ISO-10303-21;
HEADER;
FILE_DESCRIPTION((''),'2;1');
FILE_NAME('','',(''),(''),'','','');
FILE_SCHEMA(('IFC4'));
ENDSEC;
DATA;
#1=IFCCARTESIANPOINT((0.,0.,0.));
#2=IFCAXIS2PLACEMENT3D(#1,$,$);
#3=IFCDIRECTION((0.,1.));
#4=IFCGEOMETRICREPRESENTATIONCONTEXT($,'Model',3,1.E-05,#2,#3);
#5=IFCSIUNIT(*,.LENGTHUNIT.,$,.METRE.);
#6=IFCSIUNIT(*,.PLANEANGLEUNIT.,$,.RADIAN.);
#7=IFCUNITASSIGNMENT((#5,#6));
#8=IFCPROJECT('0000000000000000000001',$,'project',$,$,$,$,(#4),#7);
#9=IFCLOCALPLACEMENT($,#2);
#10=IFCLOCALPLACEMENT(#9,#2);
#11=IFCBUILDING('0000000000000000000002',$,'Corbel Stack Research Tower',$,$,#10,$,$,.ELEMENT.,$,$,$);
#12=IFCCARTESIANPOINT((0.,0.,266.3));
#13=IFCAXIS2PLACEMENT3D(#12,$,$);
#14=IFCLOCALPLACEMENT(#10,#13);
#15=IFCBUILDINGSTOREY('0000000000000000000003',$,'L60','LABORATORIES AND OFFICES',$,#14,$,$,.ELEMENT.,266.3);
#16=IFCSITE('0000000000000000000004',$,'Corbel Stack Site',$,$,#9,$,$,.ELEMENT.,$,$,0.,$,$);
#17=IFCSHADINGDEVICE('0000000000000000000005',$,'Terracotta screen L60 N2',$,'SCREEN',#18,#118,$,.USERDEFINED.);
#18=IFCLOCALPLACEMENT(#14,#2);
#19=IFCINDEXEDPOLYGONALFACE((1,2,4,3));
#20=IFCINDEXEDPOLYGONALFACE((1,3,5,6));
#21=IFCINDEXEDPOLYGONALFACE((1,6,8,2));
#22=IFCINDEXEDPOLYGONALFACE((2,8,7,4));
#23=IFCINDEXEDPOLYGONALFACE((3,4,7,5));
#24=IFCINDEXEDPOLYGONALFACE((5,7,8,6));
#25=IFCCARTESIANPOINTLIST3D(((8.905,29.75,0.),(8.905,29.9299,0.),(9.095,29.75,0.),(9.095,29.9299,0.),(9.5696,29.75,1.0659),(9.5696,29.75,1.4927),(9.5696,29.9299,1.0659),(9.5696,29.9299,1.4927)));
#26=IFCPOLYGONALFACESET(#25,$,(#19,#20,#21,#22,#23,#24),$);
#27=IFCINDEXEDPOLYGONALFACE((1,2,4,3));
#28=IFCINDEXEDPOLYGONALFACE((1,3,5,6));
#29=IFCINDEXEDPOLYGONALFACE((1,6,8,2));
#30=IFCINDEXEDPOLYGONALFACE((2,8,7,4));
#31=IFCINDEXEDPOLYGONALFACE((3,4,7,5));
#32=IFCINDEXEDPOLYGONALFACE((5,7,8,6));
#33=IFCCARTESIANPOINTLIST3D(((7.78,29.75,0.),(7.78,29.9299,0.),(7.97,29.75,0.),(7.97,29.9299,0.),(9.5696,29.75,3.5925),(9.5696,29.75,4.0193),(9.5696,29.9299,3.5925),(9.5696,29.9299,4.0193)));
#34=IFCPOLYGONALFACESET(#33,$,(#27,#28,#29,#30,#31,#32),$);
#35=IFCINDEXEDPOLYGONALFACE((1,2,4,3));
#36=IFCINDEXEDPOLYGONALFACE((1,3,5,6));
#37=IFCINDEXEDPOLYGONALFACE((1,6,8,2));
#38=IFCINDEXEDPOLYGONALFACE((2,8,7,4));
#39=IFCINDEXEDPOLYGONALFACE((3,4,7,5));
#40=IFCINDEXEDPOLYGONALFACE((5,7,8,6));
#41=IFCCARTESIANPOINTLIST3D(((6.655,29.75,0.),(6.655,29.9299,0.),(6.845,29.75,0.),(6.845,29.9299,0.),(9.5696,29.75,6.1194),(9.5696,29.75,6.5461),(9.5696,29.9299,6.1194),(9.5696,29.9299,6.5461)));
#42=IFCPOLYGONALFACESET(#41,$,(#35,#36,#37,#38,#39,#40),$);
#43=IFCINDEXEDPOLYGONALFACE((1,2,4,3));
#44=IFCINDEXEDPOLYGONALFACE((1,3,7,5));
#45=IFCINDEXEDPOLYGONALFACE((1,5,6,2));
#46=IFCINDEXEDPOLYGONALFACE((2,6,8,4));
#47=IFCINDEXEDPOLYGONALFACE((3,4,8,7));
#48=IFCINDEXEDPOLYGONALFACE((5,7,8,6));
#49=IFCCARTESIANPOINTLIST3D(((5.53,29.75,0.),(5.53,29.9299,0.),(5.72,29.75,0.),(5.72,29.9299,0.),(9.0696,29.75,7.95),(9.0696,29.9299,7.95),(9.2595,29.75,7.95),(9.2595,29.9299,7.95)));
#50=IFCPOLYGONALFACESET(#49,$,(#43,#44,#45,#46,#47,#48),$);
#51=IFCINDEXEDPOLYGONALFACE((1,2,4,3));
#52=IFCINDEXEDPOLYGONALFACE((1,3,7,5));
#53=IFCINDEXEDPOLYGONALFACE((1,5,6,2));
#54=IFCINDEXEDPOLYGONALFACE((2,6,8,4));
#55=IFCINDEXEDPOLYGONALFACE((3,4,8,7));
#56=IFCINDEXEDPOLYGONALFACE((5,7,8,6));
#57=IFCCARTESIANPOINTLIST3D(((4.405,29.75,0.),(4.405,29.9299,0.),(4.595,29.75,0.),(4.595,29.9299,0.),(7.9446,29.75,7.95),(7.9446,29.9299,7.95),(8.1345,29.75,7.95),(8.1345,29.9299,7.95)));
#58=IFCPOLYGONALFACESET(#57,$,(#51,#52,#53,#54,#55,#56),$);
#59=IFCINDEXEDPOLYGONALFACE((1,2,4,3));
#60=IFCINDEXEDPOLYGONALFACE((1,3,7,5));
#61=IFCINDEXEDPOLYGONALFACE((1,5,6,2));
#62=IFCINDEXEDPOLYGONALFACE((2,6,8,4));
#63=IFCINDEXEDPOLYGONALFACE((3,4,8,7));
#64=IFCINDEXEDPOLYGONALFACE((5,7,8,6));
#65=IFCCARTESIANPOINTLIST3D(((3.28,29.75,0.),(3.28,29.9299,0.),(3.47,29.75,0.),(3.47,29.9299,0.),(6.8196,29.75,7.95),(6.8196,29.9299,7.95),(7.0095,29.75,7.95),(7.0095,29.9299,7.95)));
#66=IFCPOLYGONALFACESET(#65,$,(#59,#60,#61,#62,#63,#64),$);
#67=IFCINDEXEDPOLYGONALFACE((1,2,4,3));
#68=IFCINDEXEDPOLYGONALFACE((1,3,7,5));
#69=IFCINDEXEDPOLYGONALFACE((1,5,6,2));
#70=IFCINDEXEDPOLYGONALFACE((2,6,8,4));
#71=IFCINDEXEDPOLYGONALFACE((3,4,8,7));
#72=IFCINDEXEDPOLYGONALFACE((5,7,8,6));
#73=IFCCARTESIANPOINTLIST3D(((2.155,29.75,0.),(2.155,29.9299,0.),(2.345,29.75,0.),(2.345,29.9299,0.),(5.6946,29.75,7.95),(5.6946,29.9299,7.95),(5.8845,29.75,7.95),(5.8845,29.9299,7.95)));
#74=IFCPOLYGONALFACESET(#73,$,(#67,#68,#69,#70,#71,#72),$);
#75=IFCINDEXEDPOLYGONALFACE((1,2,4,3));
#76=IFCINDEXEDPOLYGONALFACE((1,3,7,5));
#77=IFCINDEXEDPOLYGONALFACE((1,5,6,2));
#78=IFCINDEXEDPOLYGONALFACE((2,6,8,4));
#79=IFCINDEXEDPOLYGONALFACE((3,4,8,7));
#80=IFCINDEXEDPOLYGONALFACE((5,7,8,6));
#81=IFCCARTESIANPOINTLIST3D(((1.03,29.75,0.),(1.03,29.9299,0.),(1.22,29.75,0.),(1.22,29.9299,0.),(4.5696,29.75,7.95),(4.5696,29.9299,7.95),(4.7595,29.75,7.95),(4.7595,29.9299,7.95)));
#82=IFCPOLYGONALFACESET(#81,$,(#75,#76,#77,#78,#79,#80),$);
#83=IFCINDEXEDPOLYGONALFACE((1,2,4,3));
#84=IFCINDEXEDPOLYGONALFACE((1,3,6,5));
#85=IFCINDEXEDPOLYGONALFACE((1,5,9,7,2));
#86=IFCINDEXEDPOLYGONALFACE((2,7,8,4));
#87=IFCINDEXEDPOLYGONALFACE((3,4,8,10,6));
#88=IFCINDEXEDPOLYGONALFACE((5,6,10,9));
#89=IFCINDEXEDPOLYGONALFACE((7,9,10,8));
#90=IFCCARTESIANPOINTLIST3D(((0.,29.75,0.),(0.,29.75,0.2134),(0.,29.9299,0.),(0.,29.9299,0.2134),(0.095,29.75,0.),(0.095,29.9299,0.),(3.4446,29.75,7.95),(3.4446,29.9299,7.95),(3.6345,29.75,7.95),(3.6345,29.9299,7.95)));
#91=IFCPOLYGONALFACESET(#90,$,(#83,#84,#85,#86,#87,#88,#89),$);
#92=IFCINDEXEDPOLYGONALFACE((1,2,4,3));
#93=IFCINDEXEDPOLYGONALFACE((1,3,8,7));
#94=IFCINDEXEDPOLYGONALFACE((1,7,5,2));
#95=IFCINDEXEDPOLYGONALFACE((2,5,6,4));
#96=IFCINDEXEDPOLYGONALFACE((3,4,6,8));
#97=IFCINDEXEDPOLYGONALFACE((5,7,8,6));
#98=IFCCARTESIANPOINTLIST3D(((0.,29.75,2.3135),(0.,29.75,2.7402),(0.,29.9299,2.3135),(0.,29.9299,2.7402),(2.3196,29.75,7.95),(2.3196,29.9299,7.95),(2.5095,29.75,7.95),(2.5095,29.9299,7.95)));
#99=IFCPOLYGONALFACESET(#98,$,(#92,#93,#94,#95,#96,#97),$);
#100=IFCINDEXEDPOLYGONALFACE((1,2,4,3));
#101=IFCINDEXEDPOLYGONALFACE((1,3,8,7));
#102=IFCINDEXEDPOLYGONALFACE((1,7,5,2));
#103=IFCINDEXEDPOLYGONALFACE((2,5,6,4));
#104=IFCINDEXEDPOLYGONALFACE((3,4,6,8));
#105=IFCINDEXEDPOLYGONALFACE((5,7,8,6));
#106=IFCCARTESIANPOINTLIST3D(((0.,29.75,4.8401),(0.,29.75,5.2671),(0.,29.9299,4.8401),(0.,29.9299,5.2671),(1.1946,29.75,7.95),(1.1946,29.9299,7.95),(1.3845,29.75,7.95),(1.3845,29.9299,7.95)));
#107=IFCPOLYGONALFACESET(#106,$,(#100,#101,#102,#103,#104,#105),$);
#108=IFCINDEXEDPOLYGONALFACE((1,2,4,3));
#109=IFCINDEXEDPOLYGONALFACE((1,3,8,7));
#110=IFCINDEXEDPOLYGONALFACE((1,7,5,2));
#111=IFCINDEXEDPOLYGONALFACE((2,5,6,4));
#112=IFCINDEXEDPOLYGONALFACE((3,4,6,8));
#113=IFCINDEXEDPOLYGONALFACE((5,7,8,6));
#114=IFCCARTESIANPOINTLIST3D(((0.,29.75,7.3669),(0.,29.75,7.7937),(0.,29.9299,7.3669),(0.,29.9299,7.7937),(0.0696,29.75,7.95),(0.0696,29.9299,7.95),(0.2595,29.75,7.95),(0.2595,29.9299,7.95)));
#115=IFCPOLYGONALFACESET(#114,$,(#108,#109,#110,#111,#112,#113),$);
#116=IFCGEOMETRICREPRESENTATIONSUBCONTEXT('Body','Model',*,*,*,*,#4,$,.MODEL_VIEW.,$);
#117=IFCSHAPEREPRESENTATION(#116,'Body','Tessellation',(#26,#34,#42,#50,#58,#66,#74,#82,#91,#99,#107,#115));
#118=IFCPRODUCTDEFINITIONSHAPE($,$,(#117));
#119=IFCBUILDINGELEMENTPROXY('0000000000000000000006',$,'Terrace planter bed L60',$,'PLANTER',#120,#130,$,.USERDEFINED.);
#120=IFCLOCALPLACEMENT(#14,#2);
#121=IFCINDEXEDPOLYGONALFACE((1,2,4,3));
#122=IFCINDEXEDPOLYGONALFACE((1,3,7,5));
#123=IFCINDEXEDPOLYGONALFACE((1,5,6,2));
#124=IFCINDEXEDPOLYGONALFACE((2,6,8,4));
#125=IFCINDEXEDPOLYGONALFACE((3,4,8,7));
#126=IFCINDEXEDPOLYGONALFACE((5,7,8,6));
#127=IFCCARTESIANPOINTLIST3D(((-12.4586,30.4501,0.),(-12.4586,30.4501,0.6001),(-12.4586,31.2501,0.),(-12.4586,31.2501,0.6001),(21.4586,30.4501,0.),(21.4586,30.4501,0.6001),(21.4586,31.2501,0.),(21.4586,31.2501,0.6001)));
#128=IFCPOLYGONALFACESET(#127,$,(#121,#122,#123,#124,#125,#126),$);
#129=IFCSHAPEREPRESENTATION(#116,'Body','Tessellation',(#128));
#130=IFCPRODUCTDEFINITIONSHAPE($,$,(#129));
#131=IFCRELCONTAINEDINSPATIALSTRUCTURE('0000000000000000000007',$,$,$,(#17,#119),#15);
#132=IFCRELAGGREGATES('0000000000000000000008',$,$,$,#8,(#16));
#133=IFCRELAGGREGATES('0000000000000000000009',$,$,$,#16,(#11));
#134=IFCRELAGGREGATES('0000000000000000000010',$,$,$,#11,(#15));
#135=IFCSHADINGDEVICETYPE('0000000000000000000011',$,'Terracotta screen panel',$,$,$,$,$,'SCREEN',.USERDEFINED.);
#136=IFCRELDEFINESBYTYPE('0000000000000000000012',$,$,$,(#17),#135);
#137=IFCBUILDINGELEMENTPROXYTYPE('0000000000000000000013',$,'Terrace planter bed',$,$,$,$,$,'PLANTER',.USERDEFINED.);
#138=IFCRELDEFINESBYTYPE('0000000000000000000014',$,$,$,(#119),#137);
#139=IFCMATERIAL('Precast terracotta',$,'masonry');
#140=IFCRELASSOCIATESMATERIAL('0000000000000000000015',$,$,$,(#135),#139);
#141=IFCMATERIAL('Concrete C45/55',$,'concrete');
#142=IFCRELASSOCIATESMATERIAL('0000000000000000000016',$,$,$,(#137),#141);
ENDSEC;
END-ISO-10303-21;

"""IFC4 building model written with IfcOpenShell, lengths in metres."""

from ifc_helpers import new_model, si_unit, direction, frame, origin, origin_2d, place, context, subcontext, project, spatial, polyline, rectangle, outline, extrude, source, transform, mapped, material, type_object, element, save


model = new_model("IFC4")

# Units and contexts
model_context = context("Model", 3, precision=1e-05, world=origin(), true_north=direction((0.0, 1.0)))
body_context = subcontext(model_context, "Body", "Model", "MODEL_VIEW")
ifc_project = project(units=[si_unit("LENGTHUNIT", "METRE"), si_unit("PLANEANGLEUNIT", "RADIAN")], contexts=[model_context])

# Site, building, storey
site_placement = place(None, origin())
site = spatial("IfcSite", under=ifc_project, at=site_placement, Name="Corbel Stack Site", CompositionType="ELEMENT", RefElevation=0.0)
building_placement = place(site_placement, origin())
building = spatial("IfcBuilding", under=site, at=building_placement, Name="Corbel Stack Research Tower", CompositionType="ELEMENT")
storey_placement = place(building_placement, frame((0.0, 0.0, 266.3)))
storey = spatial("IfcBuildingStorey", under=building, at=storey_placement, Name="L60", Description="LABORATORIES AND OFFICES", CompositionType="ELEMENT", Elevation=266.3)

# Shading device
ifc_material_1 = material(Name="Precast terracotta", Category="masonry")
shading_device_type = type_object("IfcShadingDeviceType", Name="Terracotta screen panel", ElementType="SCREEN", PredefinedType="USERDEFINED", material=ifc_material_1)
shared_shape_1 = source(origin(), body_context, "Body", "SweptSolid", [
    extrude(outline(polyline([(0.6646, 0.0), (0.0, 1.4927), (0.0, 1.0659), (0.4746, 0.0), (0.6646, 0.0)])), frame((0.0, 0.0, 0.0), z_axis=(0.0, -1.0, 0.0), x_axis=(1.0, 0.0, 0.0)), (0.0, 0.0, 1.0), 0.1799),
    extrude(outline(polyline([(1.7896, 0.0), (0.0, 4.0193), (0.0, 3.5925), (1.5996, 0.0), (1.7896, 0.0)])), frame((0.0, 0.0, 0.0), z_axis=(0.0, -1.0, 0.0), x_axis=(1.0, 0.0, 0.0)), (0.0, 0.0, 1.0), 0.1799),
    extrude(outline(polyline([(2.9146, 0.0), (0.0, 6.5461), (0.0, 6.1194), (2.7246, 0.0), (2.9146, 0.0)])), frame((0.0, 0.0, 0.0), z_axis=(0.0, -1.0, 0.0), x_axis=(1.0, 0.0, 0.0)), (0.0, 0.0, 1.0), 0.1799),
    extrude(outline(polyline([(4.0396, 0.0), (0.5, 7.95), (0.3101, 7.95), (3.8496, 0.0), (4.0396, 0.0)])), frame((0.0, 0.0, 0.0), z_axis=(0.0, -1.0, 0.0), x_axis=(1.0, 0.0, 0.0)), (0.0, 0.0, 1.0), 0.1799),
    extrude(outline(polyline([(5.1646, 0.0), (1.625, 7.95), (1.4351, 7.95), (4.9746, 0.0), (5.1646, 0.0)])), frame((0.0, 0.0, 0.0), z_axis=(0.0, -1.0, 0.0), x_axis=(1.0, 0.0, 0.0)), (0.0, 0.0, 1.0), 0.1799),
    extrude(outline(polyline([(6.2896, 0.0), (2.75, 7.95), (2.5601, 7.95), (6.0996, 0.0), (6.2896, 0.0)])), frame((0.0, 0.0, 0.0), z_axis=(0.0, -1.0, 0.0), x_axis=(1.0, 0.0, 0.0)), (0.0, 0.0, 1.0), 0.1799),
    extrude(outline(polyline([(7.4146, 0.0), (3.875, 7.95), (3.6851, 7.95), (7.2246, 0.0), (7.4146, 0.0)])), frame((0.0, 0.0, 0.0), z_axis=(0.0, -1.0, 0.0), x_axis=(1.0, 0.0, 0.0)), (0.0, 0.0, 1.0), 0.1799),
    extrude(outline(polyline([(8.5396, 0.0), (5.0, 7.95), (4.8101, 7.95), (8.3496, 0.0), (8.5396, 0.0)])), frame((0.0, 0.0, 0.0), z_axis=(0.0, -1.0, 0.0), x_axis=(1.0, 0.0, 0.0)), (0.0, 0.0, 1.0), 0.1799),
    extrude(outline(polyline([(9.5696, 0.0), (9.5696, 0.2134), (6.125, 7.95), (5.9351, 7.95), (9.4746, 0.0), (9.5696, 0.0)])), frame((0.0, 0.0, 0.0), z_axis=(0.0, -1.0, 0.0), x_axis=(1.0, 0.0, 0.0)), (0.0, 0.0, 1.0), 0.1799),
    extrude(outline(polyline([(7.25, 7.95), (7.0601, 7.95), (9.5696, 2.3135), (9.5696, 2.7402), (7.25, 7.95)])), frame((0.0, 0.0, 0.0), z_axis=(0.0, -1.0, 0.0), x_axis=(1.0, 0.0, 0.0)), (0.0, 0.0, 1.0), 0.1799),
    extrude(outline(polyline([(8.375, 7.95), (8.1851, 7.95), (9.5696, 4.8401), (9.5696, 5.2671), (8.375, 7.95)])), frame((0.0, 0.0, 0.0), z_axis=(0.0, -1.0, 0.0), x_axis=(1.0, 0.0, 0.0)), (0.0, 0.0, 1.0), 0.1799),
    extrude(outline(polyline([(9.5, 7.95), (9.3101, 7.95), (9.5696, 7.3669), (9.5696, 7.7937), (9.5, 7.95)])), frame((0.0, 0.0, 0.0), z_axis=(0.0, -1.0, 0.0), x_axis=(1.0, 0.0, 0.0)), (0.0, 0.0, 1.0), 0.1799),
])
shading_device_1_placement = place(storey_placement, frame((9.5696, 29.75, 0.0), z_axis=(0.0, 0.0, 1.0), x_axis=(-1.0, 0.0, 0.0)))
element("IfcShadingDevice", 1, at=shading_device_1_placement, inside=storey, type_object=shading_device_type, Name="Terracotta screen L60 N2", ObjectType="SCREEN", PredefinedType="USERDEFINED", context=body_context, shape_type="MappedRepresentation", body=[
    mapped(shared_shape_1, transform((0.0, 0.0, 0.0))),
])

# Building element proxy
ifc_material_2 = material(Name="Concrete C45/55", Category="concrete")
building_element_proxy_type = type_object("IfcBuildingElementProxyType", Name="Terrace planter bed", ElementType="PLANTER", PredefinedType="USERDEFINED", material=ifc_material_2)
proxy_placement = place(storey_placement, frame((4.5, 30.8501, 0.0), z_axis=(0.0, 0.0, 1.0), x_axis=(1.0, 0.0, 0.0)))
element("IfcBuildingElementProxy", 2, at=proxy_placement, inside=storey, type_object=building_element_proxy_type, Name="Terrace planter bed L60", ObjectType="PLANTER", PredefinedType="USERDEFINED", context=body_context, shape_type="SweptSolid", body=[
    extrude(rectangle(XDim=33.9172, YDim=0.8, at=origin_2d()), origin(), (0.0, 0.0, 1.0), 0.6001),
])

save(model, "model.ifc")
